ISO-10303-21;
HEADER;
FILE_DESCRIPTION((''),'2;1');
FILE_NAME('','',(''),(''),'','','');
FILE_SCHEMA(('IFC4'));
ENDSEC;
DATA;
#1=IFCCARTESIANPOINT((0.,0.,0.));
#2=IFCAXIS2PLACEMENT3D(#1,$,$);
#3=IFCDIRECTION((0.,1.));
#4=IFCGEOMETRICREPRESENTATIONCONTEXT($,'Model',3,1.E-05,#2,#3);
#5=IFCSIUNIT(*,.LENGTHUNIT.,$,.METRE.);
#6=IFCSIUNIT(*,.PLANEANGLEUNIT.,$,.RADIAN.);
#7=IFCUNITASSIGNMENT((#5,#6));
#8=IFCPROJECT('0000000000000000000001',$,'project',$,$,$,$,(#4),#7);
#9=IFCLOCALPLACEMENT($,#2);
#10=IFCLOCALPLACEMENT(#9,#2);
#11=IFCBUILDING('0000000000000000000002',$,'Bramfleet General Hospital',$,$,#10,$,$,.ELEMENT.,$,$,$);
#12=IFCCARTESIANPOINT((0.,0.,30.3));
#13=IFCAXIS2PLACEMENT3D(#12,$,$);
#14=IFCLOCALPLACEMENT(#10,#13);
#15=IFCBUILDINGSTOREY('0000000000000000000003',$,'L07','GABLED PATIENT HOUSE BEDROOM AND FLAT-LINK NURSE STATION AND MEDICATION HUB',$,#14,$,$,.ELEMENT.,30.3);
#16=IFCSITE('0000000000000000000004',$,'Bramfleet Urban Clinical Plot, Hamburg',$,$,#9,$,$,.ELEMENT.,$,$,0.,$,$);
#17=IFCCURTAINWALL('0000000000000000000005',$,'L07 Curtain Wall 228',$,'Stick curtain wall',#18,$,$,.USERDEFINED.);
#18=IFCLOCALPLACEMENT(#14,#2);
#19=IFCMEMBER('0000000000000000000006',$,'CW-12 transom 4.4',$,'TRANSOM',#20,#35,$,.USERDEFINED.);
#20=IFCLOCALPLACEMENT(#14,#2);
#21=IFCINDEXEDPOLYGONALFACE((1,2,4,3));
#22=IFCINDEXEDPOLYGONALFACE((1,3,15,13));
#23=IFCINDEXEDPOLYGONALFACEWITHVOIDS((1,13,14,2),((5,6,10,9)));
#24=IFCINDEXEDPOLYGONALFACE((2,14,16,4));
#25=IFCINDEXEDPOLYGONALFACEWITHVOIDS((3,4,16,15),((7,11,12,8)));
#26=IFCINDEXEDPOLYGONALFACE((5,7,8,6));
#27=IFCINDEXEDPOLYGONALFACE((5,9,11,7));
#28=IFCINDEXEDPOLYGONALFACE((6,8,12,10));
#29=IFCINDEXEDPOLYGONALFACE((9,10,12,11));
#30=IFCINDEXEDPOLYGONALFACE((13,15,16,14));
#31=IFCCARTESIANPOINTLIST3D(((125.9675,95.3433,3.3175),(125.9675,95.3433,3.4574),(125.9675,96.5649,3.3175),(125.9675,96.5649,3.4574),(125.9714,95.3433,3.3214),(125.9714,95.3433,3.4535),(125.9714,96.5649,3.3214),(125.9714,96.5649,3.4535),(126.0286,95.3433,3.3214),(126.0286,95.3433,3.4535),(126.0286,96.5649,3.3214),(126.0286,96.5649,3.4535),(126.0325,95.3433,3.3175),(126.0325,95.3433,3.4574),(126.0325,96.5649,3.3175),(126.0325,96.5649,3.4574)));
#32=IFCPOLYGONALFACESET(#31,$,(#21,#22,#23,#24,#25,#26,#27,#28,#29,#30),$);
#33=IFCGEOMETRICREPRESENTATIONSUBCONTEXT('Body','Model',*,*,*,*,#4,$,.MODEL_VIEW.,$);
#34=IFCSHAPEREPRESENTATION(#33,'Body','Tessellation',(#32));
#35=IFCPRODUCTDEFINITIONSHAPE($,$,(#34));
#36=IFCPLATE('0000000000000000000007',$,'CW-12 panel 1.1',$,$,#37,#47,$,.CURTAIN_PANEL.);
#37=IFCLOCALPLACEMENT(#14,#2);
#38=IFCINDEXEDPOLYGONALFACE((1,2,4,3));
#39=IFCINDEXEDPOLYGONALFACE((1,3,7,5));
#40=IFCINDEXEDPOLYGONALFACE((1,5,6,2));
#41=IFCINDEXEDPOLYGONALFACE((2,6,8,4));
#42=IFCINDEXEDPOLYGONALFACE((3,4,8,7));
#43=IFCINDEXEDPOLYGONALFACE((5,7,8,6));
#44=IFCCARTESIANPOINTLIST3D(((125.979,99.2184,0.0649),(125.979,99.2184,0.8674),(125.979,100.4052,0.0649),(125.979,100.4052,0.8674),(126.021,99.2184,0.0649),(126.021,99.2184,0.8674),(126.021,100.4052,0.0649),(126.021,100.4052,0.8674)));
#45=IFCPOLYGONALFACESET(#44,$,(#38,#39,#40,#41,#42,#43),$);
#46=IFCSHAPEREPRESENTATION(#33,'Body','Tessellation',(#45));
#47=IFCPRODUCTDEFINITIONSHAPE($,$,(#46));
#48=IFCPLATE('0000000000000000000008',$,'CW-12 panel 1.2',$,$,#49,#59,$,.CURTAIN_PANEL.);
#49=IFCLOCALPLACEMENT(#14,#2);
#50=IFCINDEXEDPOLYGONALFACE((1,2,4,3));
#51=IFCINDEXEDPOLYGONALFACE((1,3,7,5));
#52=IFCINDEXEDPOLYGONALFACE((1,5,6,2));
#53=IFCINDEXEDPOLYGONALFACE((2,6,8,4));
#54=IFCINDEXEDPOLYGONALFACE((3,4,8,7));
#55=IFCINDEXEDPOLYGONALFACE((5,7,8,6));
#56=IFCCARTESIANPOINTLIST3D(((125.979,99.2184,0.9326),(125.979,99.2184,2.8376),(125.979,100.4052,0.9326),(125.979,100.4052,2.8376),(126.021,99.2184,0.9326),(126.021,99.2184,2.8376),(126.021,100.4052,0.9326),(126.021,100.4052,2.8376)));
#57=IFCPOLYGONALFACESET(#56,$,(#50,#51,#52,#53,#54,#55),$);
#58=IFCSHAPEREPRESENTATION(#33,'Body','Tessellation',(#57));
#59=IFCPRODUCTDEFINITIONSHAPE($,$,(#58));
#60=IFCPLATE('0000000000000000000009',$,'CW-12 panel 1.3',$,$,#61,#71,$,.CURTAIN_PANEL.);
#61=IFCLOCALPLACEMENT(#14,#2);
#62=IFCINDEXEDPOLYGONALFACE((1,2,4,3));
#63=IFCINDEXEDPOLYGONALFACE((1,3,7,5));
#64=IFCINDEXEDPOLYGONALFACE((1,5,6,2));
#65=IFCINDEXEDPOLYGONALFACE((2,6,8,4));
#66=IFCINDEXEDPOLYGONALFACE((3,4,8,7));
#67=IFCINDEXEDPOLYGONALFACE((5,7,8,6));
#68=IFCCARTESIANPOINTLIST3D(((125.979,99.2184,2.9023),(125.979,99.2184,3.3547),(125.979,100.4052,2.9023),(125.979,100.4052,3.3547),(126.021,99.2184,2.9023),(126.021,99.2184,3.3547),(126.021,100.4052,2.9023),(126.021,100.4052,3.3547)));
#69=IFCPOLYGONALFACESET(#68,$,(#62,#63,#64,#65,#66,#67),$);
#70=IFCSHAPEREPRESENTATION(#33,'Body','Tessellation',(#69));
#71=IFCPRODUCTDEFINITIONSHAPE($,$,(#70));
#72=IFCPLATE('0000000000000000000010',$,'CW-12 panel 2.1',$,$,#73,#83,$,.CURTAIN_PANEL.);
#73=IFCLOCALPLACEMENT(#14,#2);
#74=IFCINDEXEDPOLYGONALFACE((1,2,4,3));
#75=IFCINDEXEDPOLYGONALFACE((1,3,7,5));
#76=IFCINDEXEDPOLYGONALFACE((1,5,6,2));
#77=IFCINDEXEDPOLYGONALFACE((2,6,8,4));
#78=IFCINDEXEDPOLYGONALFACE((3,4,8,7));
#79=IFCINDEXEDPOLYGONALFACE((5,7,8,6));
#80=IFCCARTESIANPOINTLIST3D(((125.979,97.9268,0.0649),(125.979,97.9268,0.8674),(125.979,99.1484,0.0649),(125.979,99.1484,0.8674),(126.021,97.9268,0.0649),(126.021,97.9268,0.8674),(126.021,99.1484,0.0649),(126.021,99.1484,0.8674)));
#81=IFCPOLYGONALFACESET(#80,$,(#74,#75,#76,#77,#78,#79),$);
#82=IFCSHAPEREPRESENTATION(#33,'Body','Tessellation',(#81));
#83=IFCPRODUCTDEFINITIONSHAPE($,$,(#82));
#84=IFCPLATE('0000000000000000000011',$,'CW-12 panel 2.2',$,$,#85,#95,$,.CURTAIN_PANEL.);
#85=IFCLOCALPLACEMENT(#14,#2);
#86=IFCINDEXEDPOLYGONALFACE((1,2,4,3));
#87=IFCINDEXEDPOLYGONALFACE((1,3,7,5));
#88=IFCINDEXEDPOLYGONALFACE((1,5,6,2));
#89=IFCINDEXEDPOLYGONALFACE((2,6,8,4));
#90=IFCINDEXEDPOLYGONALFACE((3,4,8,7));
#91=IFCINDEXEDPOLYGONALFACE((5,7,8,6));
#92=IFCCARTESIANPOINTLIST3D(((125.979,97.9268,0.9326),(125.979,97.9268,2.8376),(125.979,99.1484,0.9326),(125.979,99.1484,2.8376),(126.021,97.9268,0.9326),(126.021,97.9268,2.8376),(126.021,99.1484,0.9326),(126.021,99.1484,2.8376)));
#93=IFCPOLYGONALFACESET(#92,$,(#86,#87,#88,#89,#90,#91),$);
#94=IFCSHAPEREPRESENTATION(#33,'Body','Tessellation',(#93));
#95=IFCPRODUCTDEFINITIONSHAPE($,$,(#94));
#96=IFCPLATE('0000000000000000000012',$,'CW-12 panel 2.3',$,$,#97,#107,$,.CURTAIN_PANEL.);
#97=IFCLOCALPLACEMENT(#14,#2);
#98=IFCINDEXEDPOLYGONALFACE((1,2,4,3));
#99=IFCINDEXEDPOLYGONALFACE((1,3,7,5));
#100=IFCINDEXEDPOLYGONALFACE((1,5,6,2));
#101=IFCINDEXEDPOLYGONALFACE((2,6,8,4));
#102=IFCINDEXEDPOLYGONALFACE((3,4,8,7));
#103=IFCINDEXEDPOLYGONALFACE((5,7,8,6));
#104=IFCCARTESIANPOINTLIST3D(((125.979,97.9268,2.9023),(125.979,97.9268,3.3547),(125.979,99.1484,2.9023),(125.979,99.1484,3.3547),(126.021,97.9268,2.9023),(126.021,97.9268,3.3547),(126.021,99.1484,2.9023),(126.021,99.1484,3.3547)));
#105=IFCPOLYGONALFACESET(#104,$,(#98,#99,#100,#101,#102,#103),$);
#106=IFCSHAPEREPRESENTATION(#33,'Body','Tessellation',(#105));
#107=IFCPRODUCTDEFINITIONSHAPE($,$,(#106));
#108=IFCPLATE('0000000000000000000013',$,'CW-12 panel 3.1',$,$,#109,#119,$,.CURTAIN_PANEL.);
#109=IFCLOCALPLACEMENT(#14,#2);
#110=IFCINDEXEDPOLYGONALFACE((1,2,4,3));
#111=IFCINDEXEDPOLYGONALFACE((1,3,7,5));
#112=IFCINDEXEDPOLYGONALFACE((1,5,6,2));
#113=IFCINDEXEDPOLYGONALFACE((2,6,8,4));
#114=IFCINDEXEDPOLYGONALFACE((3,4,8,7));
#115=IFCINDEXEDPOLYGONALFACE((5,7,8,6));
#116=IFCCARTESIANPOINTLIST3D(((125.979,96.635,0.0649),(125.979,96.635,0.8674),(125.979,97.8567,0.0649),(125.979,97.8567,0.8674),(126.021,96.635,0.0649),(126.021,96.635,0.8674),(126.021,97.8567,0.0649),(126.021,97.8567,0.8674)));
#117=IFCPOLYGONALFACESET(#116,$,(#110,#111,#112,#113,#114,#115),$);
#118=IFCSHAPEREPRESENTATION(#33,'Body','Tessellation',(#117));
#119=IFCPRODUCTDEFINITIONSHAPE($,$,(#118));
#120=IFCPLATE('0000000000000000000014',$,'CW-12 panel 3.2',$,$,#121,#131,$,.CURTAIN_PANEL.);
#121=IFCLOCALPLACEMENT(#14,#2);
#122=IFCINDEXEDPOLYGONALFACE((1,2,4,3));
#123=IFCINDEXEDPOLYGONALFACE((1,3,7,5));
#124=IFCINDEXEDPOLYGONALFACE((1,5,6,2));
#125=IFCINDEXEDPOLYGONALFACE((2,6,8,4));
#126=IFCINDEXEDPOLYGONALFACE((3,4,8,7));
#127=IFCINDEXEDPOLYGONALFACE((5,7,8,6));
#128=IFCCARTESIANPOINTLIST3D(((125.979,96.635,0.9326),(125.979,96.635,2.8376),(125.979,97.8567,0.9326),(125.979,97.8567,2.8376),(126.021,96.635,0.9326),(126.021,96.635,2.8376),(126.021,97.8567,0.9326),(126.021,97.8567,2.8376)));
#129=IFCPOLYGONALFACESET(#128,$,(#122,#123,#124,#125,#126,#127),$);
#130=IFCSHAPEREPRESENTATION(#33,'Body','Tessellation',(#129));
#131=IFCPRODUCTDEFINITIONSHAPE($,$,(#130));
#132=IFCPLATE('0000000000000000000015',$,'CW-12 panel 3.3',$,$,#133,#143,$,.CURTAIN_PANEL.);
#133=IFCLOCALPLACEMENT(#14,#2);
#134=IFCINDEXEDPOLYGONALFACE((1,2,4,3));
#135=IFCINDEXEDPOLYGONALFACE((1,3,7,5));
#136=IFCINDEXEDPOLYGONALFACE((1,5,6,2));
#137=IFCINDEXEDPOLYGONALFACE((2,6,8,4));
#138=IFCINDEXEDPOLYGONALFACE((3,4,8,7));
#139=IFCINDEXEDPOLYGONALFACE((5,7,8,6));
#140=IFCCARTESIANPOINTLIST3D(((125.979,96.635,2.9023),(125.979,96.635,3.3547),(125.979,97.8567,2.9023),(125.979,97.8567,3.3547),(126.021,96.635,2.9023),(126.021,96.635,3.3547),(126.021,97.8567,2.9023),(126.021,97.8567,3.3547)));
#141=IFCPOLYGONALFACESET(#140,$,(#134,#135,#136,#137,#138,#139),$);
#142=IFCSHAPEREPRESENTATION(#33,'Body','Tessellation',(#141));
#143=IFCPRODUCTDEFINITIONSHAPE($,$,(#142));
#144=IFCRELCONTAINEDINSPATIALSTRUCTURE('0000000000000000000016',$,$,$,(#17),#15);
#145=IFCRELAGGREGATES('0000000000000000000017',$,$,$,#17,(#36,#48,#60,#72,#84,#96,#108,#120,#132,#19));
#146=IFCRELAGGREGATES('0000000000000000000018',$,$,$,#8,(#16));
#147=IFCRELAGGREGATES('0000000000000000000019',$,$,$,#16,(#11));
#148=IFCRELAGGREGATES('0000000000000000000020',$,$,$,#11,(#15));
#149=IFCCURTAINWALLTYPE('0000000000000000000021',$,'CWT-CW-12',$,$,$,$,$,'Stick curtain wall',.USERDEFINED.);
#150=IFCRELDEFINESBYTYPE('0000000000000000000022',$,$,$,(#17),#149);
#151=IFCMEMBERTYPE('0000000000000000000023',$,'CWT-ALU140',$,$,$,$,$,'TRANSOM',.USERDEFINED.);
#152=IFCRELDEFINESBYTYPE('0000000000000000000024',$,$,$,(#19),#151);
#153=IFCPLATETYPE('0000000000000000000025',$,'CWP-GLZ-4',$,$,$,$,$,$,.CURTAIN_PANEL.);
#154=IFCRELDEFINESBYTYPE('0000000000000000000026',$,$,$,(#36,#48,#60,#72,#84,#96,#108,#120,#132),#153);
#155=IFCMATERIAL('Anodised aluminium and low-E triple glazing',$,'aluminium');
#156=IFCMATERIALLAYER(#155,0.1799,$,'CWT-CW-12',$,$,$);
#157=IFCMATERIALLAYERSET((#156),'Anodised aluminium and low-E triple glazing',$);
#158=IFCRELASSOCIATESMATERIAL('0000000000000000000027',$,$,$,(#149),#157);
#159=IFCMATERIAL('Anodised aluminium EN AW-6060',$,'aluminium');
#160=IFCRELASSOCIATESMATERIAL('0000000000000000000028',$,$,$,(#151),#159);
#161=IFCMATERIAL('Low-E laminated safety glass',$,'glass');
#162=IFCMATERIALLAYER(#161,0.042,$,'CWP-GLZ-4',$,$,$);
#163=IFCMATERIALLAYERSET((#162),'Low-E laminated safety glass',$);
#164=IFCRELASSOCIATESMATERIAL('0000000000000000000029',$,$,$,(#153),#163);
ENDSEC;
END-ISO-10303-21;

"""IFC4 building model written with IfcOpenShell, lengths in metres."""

from ifc_helpers import new_model, si_unit, direction, frame, origin, origin_2d, place, context, subcontext, project, spatial, rectangle, hollow_rectangle, extrude, material, layer, layer_set, material_profile, profile_set, type_object, element, aggregate, save


model = new_model("IFC4")

# Units and contexts
model_context = context("Model", 3, precision=1e-05, world=origin(), true_north=direction((0.0, 1.0)))
body_context = subcontext(model_context, "Body", "Model", "MODEL_VIEW")
ifc_project = project(units=[si_unit("LENGTHUNIT", "METRE"), si_unit("PLANEANGLEUNIT", "RADIAN")], contexts=[model_context])

# Site, building, storey
site_placement = place(None, origin())
site = spatial("IfcSite", under=ifc_project, at=site_placement, Name="Bramfleet Urban Clinical Plot, Hamburg", CompositionType="ELEMENT", RefElevation=0.0)
building_placement = place(site_placement, origin())
building = spatial("IfcBuilding", under=site, at=building_placement, Name="Bramfleet General Hospital", CompositionType="ELEMENT")
storey_placement = place(building_placement, frame((0.0, 0.0, 30.3)))
storey = spatial("IfcBuildingStorey", under=building, at=storey_placement, Name="L07", Description="GABLED PATIENT HOUSE BEDROOM AND FLAT-LINK NURSE STATION AND MEDICATION HUB", CompositionType="ELEMENT", Elevation=30.3)

# Curtain wall, member, plates
ifc_material_1 = material(Name="Anodised aluminium and low-E triple glazing", Category="aluminium")
ifc_layer_1 = layer(ifc_material_1, 0.1799, Name="CWT-CW-12")
ifc_layer_set_1 = layer_set([ifc_layer_1], Name="Anodised aluminium and low-E triple glazing")
curtain_wall_type = type_object("IfcCurtainWallType", Name="CWT-CW-12", ElementType="Stick curtain wall", PredefinedType="USERDEFINED", material=ifc_layer_set_1)
curtain_wall_placement = place(storey_placement, origin())
curtain_wall = element("IfcCurtainWall", 1, at=curtain_wall_placement, inside=storey, type_object=curtain_wall_type, Name="L07 Curtain Wall 228", ObjectType="Stick curtain wall", PredefinedType="USERDEFINED")
ifc_material_2 = material(Name="Anodised aluminium EN AW-6060", Category="aluminium")
ifc_material_profile_1 = material_profile(ifc_material_2, hollow_rectangle(XDim=0.0649, YDim=0.1399, WallThickness=0.0039, at=origin_2d()), Name="ALU 140x65x4.0")
ifc_profile_set_1 = profile_set([ifc_material_profile_1], Name="Anodised aluminium EN AW-6060")
member_type_1 = type_object("IfcMemberType", Name="CWT-ALU140", ElementType="TRANSOM", PredefinedType="USERDEFINED", material=ifc_profile_set_1)
member_1_placement = place(storey_placement, frame((126.0, 96.5649, 3.3875), z_axis=(0.0, -1.0, 0.0), x_axis=(1.0, 0.0, 0.0)))
member_1 = element("IfcMember", 2, at=member_1_placement, type_object=member_type_1, Name="CW-12 transom 4.4", ObjectType="TRANSOM", PredefinedType="USERDEFINED", context=body_context, shape_type="SweptSolid", body=[
    extrude(hollow_rectangle(XDim=0.0649, YDim=0.1399, WallThickness=0.0039, at=origin_2d()), origin(), (0.0, 0.0, 1.0), 1.2217),
])
ifc_material_3 = material(Name="Low-E laminated safety glass", Category="glass")
ifc_layer_2 = layer(ifc_material_3, 0.042, Name="CWP-GLZ-4")
ifc_layer_set_2 = layer_set([ifc_layer_2], Name="Low-E laminated safety glass")
plate_type = type_object("IfcPlateType", Name="CWP-GLZ-4", PredefinedType="CURTAIN_PANEL", material=ifc_layer_set_2)
plate_1_placement = place(storey_placement, frame((126.0, 99.8118, 0.0649), z_axis=(0.0, 0.0, 1.0), x_axis=(0.0, -1.0, 0.0)))
plate_1 = element("IfcPlate", 3, at=plate_1_placement, type_object=plate_type, Name="CW-12 panel 1.1", PredefinedType="CURTAIN_PANEL", context=body_context, shape_type="SweptSolid", body=[
    extrude(rectangle(XDim=1.1868, YDim=0.042, at=origin_2d()), origin(), (0.0, 0.0, 1.0), 0.8025),
])
plate_2_placement = place(storey_placement, frame((126.0, 99.8118, 0.9326), z_axis=(0.0, 0.0, 1.0), x_axis=(0.0, -1.0, 0.0)))
plate_2 = element("IfcPlate", 4, at=plate_2_placement, type_object=plate_type, Name="CW-12 panel 1.2", PredefinedType="CURTAIN_PANEL", context=body_context, shape_type="SweptSolid", body=[
    extrude(rectangle(XDim=1.1868, YDim=0.042, at=origin_2d()), origin(), (0.0, 0.0, 1.0), 1.905),
])
plate_3_placement = place(storey_placement, frame((126.0, 99.8118, 2.9023), z_axis=(0.0, 0.0, 1.0), x_axis=(0.0, -1.0, 0.0)))
plate_3 = element("IfcPlate", 5, at=plate_3_placement, type_object=plate_type, Name="CW-12 panel 1.3", PredefinedType="CURTAIN_PANEL", context=body_context, shape_type="SweptSolid", body=[
    extrude(rectangle(XDim=1.1868, YDim=0.042, at=origin_2d()), origin(), (0.0, 0.0, 1.0), 0.4524),
])
plate_4_placement = place(storey_placement, frame((126.0, 98.5376, 0.0649), z_axis=(0.0, 0.0, 1.0), x_axis=(0.0, -1.0, 0.0)))
plate_4 = element("IfcPlate", 6, at=plate_4_placement, type_object=plate_type, Name="CW-12 panel 2.1", PredefinedType="CURTAIN_PANEL", context=body_context, shape_type="SweptSolid", body=[
    extrude(rectangle(XDim=1.2217, YDim=0.042, at=origin_2d()), origin(), (0.0, 0.0, 1.0), 0.8025),
])
plate_5_placement = place(storey_placement, frame((126.0, 98.5376, 0.9326), z_axis=(0.0, 0.0, 1.0), x_axis=(0.0, -1.0, 0.0)))
plate_5 = element("IfcPlate", 7, at=plate_5_placement, type_object=plate_type, Name="CW-12 panel 2.2", PredefinedType="CURTAIN_PANEL", context=body_context, shape_type="SweptSolid", body=[
    extrude(rectangle(XDim=1.2217, YDim=0.042, at=origin_2d()), origin(), (0.0, 0.0, 1.0), 1.905),
])
plate_6_placement = place(storey_placement, frame((126.0, 98.5376, 2.9023), z_axis=(0.0, 0.0, 1.0), x_axis=(0.0, -1.0, 0.0)))
plate_6 = element("IfcPlate", 8, at=plate_6_placement, type_object=plate_type, Name="CW-12 panel 2.3", PredefinedType="CURTAIN_PANEL", context=body_context, shape_type="SweptSolid", body=[
    extrude(rectangle(XDim=1.2217, YDim=0.042, at=origin_2d()), origin(), (0.0, 0.0, 1.0), 0.4524),
])
plate_7_placement = place(storey_placement, frame((126.0, 97.2458, 0.0649), z_axis=(0.0, 0.0, 1.0), x_axis=(0.0, -1.0, 0.0)))
plate_7 = element("IfcPlate", 9, at=plate_7_placement, type_object=plate_type, Name="CW-12 panel 3.1", PredefinedType="CURTAIN_PANEL", context=body_context, shape_type="SweptSolid", body=[
    extrude(rectangle(XDim=1.2217, YDim=0.042, at=origin_2d()), origin(), (0.0, 0.0, 1.0), 0.8025),
])
plate_8_placement = place(storey_placement, frame((126.0, 97.2458, 0.9326), z_axis=(0.0, 0.0, 1.0), x_axis=(0.0, -1.0, 0.0)))
plate_8 = element("IfcPlate", 10, at=plate_8_placement, type_object=plate_type, Name="CW-12 panel 3.2", PredefinedType="CURTAIN_PANEL", context=body_context, shape_type="SweptSolid", body=[
    extrude(rectangle(XDim=1.2217, YDim=0.042, at=origin_2d()), origin(), (0.0, 0.0, 1.0), 1.905),
])
plate_9_placement = place(storey_placement, frame((126.0, 97.2458, 2.9023), z_axis=(0.0, 0.0, 1.0), x_axis=(0.0, -1.0, 0.0)))
plate_9 = element("IfcPlate", 11, at=plate_9_placement, type_object=plate_type, Name="CW-12 panel 3.3", PredefinedType="CURTAIN_PANEL", context=body_context, shape_type="SweptSolid", body=[
    extrude(rectangle(XDim=1.2217, YDim=0.042, at=origin_2d()), origin(), (0.0, 0.0, 1.0), 0.4524),
])
aggregate(curtain_wall, [plate_1, plate_2, plate_3, plate_4, plate_5, plate_6, plate_7, plate_8, plate_9, member_1])

save(model, "model.ifc")
